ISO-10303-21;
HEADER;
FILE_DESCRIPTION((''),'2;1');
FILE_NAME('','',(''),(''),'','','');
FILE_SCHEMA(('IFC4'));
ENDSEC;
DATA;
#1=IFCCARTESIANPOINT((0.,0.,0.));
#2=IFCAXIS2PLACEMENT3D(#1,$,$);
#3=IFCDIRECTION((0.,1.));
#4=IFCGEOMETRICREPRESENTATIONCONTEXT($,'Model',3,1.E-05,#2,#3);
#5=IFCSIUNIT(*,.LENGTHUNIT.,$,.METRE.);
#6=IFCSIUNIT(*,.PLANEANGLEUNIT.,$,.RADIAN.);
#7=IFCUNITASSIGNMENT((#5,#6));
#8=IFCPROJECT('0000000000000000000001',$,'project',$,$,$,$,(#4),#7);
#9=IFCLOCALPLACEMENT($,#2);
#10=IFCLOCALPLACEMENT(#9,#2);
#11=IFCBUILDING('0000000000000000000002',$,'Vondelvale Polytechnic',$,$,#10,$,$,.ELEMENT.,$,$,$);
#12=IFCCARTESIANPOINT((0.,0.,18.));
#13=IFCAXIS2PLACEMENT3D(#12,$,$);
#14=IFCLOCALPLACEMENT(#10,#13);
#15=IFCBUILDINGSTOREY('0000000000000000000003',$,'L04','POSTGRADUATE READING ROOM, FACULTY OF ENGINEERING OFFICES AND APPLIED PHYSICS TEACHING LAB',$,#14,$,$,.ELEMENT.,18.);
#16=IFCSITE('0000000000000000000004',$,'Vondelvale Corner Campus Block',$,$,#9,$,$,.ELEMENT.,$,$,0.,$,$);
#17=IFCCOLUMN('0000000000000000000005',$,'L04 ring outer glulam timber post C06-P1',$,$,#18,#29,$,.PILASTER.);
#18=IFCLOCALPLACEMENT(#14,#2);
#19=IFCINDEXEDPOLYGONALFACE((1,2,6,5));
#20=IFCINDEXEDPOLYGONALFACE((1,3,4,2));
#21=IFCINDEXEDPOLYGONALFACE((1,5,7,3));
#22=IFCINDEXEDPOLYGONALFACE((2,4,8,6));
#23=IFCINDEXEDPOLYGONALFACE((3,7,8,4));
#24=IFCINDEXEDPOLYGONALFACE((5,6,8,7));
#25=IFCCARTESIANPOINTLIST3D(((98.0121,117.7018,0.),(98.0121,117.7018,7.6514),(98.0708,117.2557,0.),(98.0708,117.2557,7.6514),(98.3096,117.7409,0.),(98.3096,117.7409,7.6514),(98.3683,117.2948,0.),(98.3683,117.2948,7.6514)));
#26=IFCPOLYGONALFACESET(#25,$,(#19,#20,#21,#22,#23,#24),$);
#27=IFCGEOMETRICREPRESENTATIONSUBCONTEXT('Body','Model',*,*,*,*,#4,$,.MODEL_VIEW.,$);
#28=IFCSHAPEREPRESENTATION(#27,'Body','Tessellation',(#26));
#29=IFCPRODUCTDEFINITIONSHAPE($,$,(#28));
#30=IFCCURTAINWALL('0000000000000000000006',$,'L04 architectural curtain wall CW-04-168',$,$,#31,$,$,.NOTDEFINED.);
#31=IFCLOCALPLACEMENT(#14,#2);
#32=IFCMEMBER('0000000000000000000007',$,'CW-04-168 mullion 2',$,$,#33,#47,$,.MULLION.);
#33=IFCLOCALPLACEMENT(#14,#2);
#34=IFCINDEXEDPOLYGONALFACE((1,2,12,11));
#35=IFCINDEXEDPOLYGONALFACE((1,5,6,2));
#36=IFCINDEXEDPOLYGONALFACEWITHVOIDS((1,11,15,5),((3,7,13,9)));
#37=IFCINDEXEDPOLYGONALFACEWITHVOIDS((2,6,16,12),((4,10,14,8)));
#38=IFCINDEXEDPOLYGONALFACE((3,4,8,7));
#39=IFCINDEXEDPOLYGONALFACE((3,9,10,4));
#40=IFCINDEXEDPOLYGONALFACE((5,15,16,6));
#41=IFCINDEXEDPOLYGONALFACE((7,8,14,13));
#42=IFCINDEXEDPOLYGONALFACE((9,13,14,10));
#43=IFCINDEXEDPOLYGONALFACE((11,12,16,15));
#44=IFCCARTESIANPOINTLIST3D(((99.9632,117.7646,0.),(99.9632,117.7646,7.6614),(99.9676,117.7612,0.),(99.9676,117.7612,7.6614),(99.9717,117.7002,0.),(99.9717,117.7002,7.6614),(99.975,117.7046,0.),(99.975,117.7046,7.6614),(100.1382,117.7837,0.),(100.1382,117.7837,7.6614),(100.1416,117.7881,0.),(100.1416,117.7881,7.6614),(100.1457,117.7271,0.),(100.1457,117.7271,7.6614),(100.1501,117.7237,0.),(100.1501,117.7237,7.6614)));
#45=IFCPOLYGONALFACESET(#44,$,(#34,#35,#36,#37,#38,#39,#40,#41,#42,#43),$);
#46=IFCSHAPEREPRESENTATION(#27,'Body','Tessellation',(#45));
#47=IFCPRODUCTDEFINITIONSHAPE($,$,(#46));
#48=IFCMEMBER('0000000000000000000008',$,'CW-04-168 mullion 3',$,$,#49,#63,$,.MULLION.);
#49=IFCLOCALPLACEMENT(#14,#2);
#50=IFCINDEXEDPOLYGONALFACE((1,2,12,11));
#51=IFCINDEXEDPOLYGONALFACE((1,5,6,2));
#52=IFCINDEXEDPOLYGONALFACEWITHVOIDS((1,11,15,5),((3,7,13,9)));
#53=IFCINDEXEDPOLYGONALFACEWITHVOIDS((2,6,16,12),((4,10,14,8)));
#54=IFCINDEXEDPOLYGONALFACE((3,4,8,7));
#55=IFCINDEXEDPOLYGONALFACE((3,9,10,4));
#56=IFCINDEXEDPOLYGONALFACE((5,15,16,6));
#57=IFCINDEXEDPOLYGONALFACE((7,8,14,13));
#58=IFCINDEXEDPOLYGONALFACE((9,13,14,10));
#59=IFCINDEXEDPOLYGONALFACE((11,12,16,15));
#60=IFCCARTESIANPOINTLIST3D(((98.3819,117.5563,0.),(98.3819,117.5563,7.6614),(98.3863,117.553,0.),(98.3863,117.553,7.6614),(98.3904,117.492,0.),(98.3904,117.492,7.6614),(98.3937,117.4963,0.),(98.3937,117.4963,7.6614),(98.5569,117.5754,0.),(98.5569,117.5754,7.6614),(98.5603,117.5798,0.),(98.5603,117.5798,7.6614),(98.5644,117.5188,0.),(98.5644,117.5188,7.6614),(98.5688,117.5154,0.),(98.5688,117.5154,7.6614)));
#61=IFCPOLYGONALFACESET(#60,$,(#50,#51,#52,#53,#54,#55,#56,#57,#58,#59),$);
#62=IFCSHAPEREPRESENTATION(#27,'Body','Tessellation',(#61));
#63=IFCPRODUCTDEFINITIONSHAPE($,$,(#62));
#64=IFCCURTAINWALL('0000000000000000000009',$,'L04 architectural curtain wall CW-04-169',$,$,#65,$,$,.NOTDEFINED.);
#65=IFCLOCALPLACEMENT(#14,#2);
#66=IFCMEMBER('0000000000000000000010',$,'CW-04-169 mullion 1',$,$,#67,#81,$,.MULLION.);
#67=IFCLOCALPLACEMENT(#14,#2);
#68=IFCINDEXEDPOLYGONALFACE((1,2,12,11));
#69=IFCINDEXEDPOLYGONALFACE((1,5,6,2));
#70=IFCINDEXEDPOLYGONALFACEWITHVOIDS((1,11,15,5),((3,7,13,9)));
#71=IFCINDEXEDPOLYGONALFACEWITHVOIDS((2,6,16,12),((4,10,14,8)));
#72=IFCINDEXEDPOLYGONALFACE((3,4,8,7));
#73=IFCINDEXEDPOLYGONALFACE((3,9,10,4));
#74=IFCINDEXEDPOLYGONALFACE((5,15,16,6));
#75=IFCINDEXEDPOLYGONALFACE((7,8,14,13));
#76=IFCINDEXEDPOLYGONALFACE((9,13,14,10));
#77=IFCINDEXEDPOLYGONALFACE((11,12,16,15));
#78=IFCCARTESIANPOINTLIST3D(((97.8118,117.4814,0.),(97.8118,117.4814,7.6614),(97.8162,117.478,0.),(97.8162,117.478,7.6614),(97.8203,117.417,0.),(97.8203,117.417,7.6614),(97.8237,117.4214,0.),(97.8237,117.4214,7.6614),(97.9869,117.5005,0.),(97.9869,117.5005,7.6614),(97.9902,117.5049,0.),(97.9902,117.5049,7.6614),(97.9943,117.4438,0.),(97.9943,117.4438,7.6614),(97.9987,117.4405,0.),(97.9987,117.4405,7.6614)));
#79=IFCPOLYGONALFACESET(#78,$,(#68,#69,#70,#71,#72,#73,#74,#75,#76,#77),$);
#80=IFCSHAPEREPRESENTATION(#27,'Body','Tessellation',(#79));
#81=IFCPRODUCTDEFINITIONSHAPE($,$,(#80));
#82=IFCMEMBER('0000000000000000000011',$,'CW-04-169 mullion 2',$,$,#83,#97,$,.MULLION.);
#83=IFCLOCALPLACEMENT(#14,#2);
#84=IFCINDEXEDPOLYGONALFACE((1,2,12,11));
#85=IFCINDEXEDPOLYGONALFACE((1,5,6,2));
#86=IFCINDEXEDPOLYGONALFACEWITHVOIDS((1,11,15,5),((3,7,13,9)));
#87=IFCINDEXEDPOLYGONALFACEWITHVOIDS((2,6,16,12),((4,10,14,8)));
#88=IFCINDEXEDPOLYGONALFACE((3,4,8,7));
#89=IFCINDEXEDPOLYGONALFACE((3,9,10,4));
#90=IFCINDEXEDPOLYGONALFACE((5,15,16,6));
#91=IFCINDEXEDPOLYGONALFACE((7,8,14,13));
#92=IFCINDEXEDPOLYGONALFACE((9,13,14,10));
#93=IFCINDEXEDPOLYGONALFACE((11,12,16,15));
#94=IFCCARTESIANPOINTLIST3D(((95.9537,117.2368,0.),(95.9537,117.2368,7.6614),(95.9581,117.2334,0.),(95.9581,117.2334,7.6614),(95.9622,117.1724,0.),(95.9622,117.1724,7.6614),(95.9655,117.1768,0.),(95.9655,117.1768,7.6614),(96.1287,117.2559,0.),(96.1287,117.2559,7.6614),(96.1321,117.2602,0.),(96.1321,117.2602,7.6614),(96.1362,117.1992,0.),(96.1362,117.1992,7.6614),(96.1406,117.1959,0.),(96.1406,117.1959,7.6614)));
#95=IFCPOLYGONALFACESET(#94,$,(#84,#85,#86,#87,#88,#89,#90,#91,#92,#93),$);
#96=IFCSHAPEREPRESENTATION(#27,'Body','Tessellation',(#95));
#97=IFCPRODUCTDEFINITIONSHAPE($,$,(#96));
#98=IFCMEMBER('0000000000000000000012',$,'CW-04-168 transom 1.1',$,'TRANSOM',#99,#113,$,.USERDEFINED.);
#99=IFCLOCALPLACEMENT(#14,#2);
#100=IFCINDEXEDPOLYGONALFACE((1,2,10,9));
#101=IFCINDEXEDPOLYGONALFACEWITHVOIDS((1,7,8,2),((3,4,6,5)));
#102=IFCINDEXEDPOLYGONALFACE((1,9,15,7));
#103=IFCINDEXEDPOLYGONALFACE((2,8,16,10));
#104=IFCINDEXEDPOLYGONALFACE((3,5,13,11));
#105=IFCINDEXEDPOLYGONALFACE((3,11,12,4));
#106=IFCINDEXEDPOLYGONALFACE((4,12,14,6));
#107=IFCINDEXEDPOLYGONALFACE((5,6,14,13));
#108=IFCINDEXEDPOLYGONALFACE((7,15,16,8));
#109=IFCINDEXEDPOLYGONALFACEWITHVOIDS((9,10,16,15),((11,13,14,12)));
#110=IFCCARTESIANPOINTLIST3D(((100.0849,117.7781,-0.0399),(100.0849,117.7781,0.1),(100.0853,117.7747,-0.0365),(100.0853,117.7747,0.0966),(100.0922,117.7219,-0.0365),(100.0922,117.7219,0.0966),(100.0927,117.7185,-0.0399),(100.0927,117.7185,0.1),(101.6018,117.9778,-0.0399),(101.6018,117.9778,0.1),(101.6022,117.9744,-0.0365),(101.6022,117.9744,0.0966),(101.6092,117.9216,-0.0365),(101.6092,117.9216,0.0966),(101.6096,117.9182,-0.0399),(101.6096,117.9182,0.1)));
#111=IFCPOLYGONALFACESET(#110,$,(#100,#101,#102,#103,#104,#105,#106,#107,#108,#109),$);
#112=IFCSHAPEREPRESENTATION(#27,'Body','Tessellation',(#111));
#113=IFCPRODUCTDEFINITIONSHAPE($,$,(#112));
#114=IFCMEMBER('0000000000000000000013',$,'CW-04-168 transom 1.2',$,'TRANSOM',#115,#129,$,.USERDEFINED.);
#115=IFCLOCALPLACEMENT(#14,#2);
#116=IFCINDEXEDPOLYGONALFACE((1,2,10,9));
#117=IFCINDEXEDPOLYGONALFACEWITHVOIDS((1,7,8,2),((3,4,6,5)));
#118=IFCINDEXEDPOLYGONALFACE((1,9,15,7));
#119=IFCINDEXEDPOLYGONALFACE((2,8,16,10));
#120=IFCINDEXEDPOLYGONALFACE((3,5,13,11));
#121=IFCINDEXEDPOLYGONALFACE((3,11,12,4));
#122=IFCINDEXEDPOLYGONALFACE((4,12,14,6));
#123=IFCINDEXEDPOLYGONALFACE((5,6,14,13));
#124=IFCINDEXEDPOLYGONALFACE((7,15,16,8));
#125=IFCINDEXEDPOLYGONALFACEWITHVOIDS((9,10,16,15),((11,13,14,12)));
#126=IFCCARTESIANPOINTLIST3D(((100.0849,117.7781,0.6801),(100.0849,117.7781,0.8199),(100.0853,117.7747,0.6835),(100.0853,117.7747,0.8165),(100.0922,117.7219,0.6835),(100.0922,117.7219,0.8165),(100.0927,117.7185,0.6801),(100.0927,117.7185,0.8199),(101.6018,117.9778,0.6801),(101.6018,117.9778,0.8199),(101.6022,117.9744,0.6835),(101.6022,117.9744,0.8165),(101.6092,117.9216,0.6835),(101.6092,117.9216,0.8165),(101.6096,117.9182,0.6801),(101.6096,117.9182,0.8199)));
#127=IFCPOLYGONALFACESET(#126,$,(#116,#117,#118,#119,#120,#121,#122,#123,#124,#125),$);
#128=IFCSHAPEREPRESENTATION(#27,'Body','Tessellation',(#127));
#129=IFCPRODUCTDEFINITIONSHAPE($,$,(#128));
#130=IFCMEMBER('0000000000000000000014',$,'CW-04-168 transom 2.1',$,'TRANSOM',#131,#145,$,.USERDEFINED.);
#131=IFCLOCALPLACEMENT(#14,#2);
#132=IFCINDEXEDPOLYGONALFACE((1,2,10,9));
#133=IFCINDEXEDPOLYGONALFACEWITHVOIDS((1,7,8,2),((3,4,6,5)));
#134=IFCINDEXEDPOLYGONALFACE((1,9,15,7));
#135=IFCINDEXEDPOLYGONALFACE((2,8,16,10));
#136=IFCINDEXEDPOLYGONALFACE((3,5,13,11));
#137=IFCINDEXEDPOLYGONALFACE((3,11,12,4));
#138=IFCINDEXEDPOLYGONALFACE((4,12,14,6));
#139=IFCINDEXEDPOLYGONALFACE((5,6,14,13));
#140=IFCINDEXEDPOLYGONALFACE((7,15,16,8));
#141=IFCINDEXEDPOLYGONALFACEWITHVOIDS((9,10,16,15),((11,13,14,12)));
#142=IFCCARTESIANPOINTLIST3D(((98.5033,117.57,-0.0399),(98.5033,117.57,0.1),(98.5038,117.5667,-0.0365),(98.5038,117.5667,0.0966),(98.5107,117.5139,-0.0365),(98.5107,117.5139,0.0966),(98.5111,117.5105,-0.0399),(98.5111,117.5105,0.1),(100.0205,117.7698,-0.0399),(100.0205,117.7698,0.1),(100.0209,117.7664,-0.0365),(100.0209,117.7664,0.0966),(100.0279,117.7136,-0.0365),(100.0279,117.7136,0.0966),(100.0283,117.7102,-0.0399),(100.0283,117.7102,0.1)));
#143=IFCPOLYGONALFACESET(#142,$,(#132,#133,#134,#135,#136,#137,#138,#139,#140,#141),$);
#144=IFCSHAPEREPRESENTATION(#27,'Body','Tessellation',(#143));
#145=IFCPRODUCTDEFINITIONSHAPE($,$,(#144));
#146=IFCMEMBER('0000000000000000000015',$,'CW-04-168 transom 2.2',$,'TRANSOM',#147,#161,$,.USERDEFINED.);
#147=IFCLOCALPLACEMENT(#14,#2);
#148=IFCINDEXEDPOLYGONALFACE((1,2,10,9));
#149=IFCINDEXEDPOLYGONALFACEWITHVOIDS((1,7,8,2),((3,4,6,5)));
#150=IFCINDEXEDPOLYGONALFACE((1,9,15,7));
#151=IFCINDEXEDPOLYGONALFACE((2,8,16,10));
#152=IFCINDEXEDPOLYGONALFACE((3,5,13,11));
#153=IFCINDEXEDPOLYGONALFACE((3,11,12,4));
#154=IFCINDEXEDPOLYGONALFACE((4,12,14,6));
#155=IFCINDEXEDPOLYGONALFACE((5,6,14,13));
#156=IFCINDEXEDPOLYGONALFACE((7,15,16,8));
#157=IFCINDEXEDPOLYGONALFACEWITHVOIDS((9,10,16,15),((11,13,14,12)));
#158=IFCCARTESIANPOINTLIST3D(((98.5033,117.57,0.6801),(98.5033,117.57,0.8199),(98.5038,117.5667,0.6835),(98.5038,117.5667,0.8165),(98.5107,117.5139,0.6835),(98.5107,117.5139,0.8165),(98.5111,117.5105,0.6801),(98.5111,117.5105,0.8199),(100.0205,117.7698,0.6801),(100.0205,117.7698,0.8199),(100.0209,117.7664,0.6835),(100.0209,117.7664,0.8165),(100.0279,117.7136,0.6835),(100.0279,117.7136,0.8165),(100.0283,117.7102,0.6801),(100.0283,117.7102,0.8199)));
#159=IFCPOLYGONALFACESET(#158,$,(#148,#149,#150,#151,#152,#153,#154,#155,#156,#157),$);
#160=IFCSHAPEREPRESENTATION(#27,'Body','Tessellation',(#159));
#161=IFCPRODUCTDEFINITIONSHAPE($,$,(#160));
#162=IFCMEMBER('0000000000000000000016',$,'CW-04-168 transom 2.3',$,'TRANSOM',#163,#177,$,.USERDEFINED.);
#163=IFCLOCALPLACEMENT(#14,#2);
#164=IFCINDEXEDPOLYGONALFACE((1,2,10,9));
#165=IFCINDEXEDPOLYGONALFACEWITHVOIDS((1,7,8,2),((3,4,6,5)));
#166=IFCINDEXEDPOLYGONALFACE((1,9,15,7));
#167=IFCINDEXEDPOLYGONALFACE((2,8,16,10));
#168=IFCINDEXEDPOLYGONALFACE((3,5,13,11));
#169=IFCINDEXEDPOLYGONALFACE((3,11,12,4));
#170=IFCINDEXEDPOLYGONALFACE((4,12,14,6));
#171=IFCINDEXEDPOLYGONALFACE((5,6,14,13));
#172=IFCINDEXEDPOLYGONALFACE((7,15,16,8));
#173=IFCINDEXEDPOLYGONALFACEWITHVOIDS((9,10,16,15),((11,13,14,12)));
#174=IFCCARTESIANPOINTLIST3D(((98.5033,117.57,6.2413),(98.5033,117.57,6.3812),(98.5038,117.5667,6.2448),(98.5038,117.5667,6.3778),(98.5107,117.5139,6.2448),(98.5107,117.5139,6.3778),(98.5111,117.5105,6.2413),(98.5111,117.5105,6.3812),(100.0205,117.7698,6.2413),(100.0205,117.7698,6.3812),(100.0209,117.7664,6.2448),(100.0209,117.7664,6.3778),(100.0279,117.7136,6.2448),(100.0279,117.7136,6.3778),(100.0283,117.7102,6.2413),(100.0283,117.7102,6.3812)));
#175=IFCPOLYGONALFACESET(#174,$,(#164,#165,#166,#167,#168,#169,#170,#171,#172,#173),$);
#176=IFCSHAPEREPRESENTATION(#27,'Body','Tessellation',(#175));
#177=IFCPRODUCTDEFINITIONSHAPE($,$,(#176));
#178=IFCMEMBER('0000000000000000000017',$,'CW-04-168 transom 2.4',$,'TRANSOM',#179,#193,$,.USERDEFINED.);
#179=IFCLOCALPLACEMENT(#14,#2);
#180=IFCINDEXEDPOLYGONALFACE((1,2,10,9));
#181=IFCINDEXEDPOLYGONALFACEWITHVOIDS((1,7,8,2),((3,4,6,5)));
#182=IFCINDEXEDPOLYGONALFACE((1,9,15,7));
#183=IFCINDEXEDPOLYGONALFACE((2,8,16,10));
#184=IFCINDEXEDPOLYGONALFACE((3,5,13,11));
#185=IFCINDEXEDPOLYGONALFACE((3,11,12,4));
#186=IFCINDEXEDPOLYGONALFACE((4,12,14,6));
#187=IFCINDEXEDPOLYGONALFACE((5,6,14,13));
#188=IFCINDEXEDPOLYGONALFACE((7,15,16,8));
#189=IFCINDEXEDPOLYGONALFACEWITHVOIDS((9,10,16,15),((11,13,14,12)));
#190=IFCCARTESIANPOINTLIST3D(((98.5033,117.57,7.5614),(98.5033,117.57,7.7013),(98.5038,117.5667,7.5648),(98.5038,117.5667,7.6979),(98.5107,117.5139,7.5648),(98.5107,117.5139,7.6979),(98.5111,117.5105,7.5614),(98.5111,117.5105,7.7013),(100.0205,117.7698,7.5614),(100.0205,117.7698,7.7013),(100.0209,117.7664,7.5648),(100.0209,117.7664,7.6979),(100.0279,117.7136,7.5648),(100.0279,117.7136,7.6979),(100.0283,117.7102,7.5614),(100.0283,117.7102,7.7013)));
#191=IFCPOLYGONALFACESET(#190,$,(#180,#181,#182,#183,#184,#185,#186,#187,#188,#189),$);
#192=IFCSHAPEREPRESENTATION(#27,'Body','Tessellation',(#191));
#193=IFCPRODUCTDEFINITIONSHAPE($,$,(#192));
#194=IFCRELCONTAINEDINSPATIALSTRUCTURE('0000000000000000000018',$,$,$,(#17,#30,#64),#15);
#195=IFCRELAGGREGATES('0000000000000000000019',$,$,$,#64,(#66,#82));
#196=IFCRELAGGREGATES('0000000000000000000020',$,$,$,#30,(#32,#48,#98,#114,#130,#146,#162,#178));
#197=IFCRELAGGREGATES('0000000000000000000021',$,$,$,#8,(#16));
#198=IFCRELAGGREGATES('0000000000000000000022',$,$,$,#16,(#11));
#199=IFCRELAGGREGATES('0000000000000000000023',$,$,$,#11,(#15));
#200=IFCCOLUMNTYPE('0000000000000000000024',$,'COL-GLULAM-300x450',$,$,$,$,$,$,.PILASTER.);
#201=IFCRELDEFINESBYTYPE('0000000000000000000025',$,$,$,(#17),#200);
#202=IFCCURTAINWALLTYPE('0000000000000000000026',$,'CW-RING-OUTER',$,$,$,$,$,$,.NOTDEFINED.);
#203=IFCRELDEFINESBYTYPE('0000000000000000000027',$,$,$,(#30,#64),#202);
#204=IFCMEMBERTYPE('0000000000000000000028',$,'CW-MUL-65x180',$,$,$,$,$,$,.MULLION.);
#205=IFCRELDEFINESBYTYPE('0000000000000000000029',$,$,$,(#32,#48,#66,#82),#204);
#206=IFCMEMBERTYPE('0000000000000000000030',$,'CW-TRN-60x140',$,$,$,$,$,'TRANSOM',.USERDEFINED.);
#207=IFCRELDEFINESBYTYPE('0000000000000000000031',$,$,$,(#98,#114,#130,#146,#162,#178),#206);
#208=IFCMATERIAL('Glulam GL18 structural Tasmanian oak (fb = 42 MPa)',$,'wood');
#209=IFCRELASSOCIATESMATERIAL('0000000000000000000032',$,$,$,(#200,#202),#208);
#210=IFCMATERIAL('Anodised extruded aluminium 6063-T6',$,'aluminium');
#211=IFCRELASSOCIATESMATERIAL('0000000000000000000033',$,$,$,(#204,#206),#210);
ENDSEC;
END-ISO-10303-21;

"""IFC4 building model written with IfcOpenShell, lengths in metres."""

from ifc_helpers import new_model, si_unit, direction, frame, origin, origin_2d, place, context, subcontext, project, spatial, rectangle, hollow_rectangle, extrude, material, material_profile, profile_set, type_object, element, aggregate, save


model = new_model("IFC4")

# Units and contexts
model_context = context("Model", 3, precision=1e-05, world=origin(), true_north=direction((0.0, 1.0)))
body_context = subcontext(model_context, "Body", "Model", "MODEL_VIEW")
ifc_project = project(units=[si_unit("LENGTHUNIT", "METRE"), si_unit("PLANEANGLEUNIT", "RADIAN")], contexts=[model_context])

# Site, building, storey
site_placement = place(None, origin())
site = spatial("IfcSite", under=ifc_project, at=site_placement, Name="Vondelvale Corner Campus Block", CompositionType="ELEMENT", RefElevation=0.0)
building_placement = place(site_placement, origin())
building = spatial("IfcBuilding", under=site, at=building_placement, Name="Vondelvale Polytechnic", CompositionType="ELEMENT")
storey_placement = place(building_placement, frame((0.0, 0.0, 18.0)))
storey = spatial("IfcBuildingStorey", under=building, at=storey_placement, Name="L04", Description="POSTGRADUATE READING ROOM, FACULTY OF ENGINEERING OFFICES AND APPLIED PHYSICS TEACHING LAB", CompositionType="ELEMENT", Elevation=18.0)

# Column
ifc_material_1 = material(Name="Glulam GL18 structural Tasmanian oak (fb = 42 MPa)", Category="wood")
ifc_material_profile_1 = material_profile(ifc_material_1, rectangle(XDim=0.3, YDim=0.45, at=origin_2d()), Name="GL-POST-300x450")
ifc_profile_set_1 = profile_set([ifc_material_profile_1], Name="Glulam GL18 structural Tasmanian oak (fb = 42 MPa)")
column_type = type_object("IfcColumnType", Name="COL-GLULAM-300x450", PredefinedType="PILASTER", material=ifc_profile_set_1)
column_placement = place(storey_placement, frame((98.1902, 117.4983, 0.0), z_axis=(0.0, 0.0, 1.0), x_axis=(0.991445, 0.130526, 0.0)))
element("IfcColumn", 1, at=column_placement, inside=storey, type_object=column_type, Name="L04 ring outer glulam timber post C06-P1", PredefinedType="PILASTER", context=body_context, shape_type="SweptSolid", body=[
    extrude(rectangle(XDim=0.3, YDim=0.45, at=origin_2d()), origin(), (0.0, 0.0, 1.0), 7.6514),
])

# Curtain walls, members
curtain_wall_type = type_object("IfcCurtainWallType", Name="CW-RING-OUTER", PredefinedType="NOTDEFINED", material=ifc_material_1)
curtain_wall_1_placement = place(storey_placement, origin())
curtain_wall_1 = element("IfcCurtainWall", 2, at=curtain_wall_1_placement, inside=storey, type_object=curtain_wall_type, Name="L04 architectural curtain wall CW-04-168", PredefinedType="NOTDEFINED")
ifc_material_2 = material(Name="Anodised extruded aluminium 6063-T6", Category="aluminium")
ifc_material_profile_2 = material_profile(ifc_material_2, hollow_rectangle(XDim=0.0649, YDim=0.1799, WallThickness=0.0039, at=origin_2d()), Name="CW-MUL-180x65")
ifc_profile_set_2 = profile_set([ifc_material_profile_2], Name="Anodised extruded aluminium 6063-T6")
member_type_1 = type_object("IfcMemberType", Name="CW-MUL-65x180", PredefinedType="MULLION", material=ifc_profile_set_2)
member_1_placement = place(storey_placement, frame((100.0566, 117.7441, 0.0), z_axis=(0.0, 0.0, 1.0), x_axis=(0.13054, -0.991443, 0.0)))
member_1 = element("IfcMember", 3, at=member_1_placement, type_object=member_type_1, Name="CW-04-168 mullion 2", PredefinedType="MULLION", context=body_context, shape_type="SweptSolid", body=[
    extrude(hollow_rectangle(XDim=0.0649, YDim=0.1799, WallThickness=0.0039, at=origin_2d()), origin(), (0.0, 0.0, 1.0), 7.6614),
])
member_2_placement = place(storey_placement, frame((98.4753, 117.5359, 0.0), z_axis=(0.0, 0.0, 1.0), x_axis=(0.13054, -0.991443, 0.0)))
member_2 = element("IfcMember", 4, at=member_2_placement, type_object=member_type_1, Name="CW-04-168 mullion 3", PredefinedType="MULLION", context=body_context, shape_type="SweptSolid", body=[
    extrude(hollow_rectangle(XDim=0.0649, YDim=0.1799, WallThickness=0.0039, at=origin_2d()), origin(), (0.0, 0.0, 1.0), 7.6614),
])
curtain_wall_2_placement = place(storey_placement, origin())
curtain_wall_2 = element("IfcCurtainWall", 5, at=curtain_wall_2_placement, inside=storey, type_object=curtain_wall_type, Name="L04 architectural curtain wall CW-04-169", PredefinedType="NOTDEFINED")
member_3_placement = place(storey_placement, frame((97.9053, 117.4609, 0.0), z_axis=(0.0, 0.0, 1.0), x_axis=(0.130497, -0.991449, 0.0)))
member_3 = element("IfcMember", 6, at=member_3_placement, type_object=member_type_1, Name="CW-04-169 mullion 1", PredefinedType="MULLION", context=body_context, shape_type="SweptSolid", body=[
    extrude(hollow_rectangle(XDim=0.0649, YDim=0.1799, WallThickness=0.0039, at=origin_2d()), origin(), (0.0, 0.0, 1.0), 7.6614),
])
member_4_placement = place(storey_placement, frame((96.0471, 117.2163, 0.0), z_axis=(0.0, 0.0, 1.0), x_axis=(0.130497, -0.991449, 0.0)))
member_4 = element("IfcMember", 7, at=member_4_placement, type_object=member_type_1, Name="CW-04-169 mullion 2", PredefinedType="MULLION", context=body_context, shape_type="SweptSolid", body=[
    extrude(hollow_rectangle(XDim=0.0649, YDim=0.1799, WallThickness=0.0039, at=origin_2d()), origin(), (0.0, 0.0, 1.0), 7.6614),
])

# Members
ifc_material_profile_3 = material_profile(ifc_material_2, hollow_rectangle(XDim=0.0601, YDim=0.1399, WallThickness=0.0034, at=origin_2d()), Name="CW-TRN-140x60")
ifc_profile_set_3 = profile_set([ifc_material_profile_3], Name="Anodised extruded aluminium 6063-T6")
member_type_2 = type_object("IfcMemberType", Name="CW-TRN-60x140", ElementType="TRANSOM", PredefinedType="USERDEFINED", material=ifc_profile_set_3)
member_5_placement = place(storey_placement, frame((101.6057, 117.948, 0.03), z_axis=(-0.991444, -0.130533, 0.0), x_axis=(0.130533, -0.991444, 0.0)))
member_5 = element("IfcMember", 8, at=member_5_placement, type_object=member_type_2, Name="CW-04-168 transom 1.1", ObjectType="TRANSOM", PredefinedType="USERDEFINED", context=body_context, shape_type="SweptSolid", body=[
    extrude(hollow_rectangle(XDim=0.0601, YDim=0.1399, WallThickness=0.0034, at=origin_2d()), origin(), (0.0, 0.0, 1.0), 1.53),
])
member_6_placement = place(storey_placement, frame((101.6057, 117.948, 0.75), z_axis=(-0.991444, -0.130533, 0.0), x_axis=(0.130533, -0.991444, 0.0)))
member_6 = element("IfcMember", 9, at=member_6_placement, type_object=member_type_2, Name="CW-04-168 transom 1.2", ObjectType="TRANSOM", PredefinedType="USERDEFINED", context=body_context, shape_type="SweptSolid", body=[
    extrude(hollow_rectangle(XDim=0.0601, YDim=0.1399, WallThickness=0.0034, at=origin_2d()), origin(), (0.0, 0.0, 1.0), 1.53),
])
member_7_placement = place(storey_placement, frame((100.0244, 117.74, 0.03), z_axis=(-0.991447, -0.130512, 0.0), x_axis=(0.130512, -0.991447, 0.0)))
member_7 = element("IfcMember", 10, at=member_7_placement, type_object=member_type_2, Name="CW-04-168 transom 2.1", ObjectType="TRANSOM", PredefinedType="USERDEFINED", context=body_context, shape_type="SweptSolid", body=[
    extrude(hollow_rectangle(XDim=0.0601, YDim=0.1399, WallThickness=0.0034, at=origin_2d()), origin(), (0.0, 0.0, 1.0), 1.5303),
])
member_8_placement = place(storey_placement, frame((100.0244, 117.74, 0.75), z_axis=(-0.991447, -0.130512, 0.0), x_axis=(0.130512, -0.991447, 0.0)))
member_8 = element("IfcMember", 11, at=member_8_placement, type_object=member_type_2, Name="CW-04-168 transom 2.2", ObjectType="TRANSOM", PredefinedType="USERDEFINED", context=body_context, shape_type="SweptSolid", body=[
    extrude(hollow_rectangle(XDim=0.0601, YDim=0.1399, WallThickness=0.0034, at=origin_2d()), origin(), (0.0, 0.0, 1.0), 1.5303),
])
member_9_placement = place(storey_placement, frame((100.0244, 117.74, 6.3113), z_axis=(-0.991447, -0.130512, 0.0), x_axis=(0.130512, -0.991447, 0.0)))
member_9 = element("IfcMember", 12, at=member_9_placement, type_object=member_type_2, Name="CW-04-168 transom 2.3", ObjectType="TRANSOM", PredefinedType="USERDEFINED", context=body_context, shape_type="SweptSolid", body=[
    extrude(hollow_rectangle(XDim=0.0601, YDim=0.1399, WallThickness=0.0034, at=origin_2d()), origin(), (0.0, 0.0, 1.0), 1.5303),
])
member_10_placement = place(storey_placement, frame((100.0244, 117.74, 7.6313), z_axis=(-0.991447, -0.130512, 0.0), x_axis=(0.130512, -0.991447, 0.0)))
member_10 = element("IfcMember", 13, at=member_10_placement, type_object=member_type_2, Name="CW-04-168 transom 2.4", ObjectType="TRANSOM", PredefinedType="USERDEFINED", context=body_context, shape_type="SweptSolid", body=[
    extrude(hollow_rectangle(XDim=0.0601, YDim=0.1399, WallThickness=0.0034, at=origin_2d()), origin(), (0.0, 0.0, 1.0), 1.5303),
])

aggregate(curtain_wall_2, [member_3, member_4])
aggregate(curtain_wall_1, [member_1, member_2, member_5, member_6, member_7, member_8, member_9, member_10])

save(model, "model.ifc")
